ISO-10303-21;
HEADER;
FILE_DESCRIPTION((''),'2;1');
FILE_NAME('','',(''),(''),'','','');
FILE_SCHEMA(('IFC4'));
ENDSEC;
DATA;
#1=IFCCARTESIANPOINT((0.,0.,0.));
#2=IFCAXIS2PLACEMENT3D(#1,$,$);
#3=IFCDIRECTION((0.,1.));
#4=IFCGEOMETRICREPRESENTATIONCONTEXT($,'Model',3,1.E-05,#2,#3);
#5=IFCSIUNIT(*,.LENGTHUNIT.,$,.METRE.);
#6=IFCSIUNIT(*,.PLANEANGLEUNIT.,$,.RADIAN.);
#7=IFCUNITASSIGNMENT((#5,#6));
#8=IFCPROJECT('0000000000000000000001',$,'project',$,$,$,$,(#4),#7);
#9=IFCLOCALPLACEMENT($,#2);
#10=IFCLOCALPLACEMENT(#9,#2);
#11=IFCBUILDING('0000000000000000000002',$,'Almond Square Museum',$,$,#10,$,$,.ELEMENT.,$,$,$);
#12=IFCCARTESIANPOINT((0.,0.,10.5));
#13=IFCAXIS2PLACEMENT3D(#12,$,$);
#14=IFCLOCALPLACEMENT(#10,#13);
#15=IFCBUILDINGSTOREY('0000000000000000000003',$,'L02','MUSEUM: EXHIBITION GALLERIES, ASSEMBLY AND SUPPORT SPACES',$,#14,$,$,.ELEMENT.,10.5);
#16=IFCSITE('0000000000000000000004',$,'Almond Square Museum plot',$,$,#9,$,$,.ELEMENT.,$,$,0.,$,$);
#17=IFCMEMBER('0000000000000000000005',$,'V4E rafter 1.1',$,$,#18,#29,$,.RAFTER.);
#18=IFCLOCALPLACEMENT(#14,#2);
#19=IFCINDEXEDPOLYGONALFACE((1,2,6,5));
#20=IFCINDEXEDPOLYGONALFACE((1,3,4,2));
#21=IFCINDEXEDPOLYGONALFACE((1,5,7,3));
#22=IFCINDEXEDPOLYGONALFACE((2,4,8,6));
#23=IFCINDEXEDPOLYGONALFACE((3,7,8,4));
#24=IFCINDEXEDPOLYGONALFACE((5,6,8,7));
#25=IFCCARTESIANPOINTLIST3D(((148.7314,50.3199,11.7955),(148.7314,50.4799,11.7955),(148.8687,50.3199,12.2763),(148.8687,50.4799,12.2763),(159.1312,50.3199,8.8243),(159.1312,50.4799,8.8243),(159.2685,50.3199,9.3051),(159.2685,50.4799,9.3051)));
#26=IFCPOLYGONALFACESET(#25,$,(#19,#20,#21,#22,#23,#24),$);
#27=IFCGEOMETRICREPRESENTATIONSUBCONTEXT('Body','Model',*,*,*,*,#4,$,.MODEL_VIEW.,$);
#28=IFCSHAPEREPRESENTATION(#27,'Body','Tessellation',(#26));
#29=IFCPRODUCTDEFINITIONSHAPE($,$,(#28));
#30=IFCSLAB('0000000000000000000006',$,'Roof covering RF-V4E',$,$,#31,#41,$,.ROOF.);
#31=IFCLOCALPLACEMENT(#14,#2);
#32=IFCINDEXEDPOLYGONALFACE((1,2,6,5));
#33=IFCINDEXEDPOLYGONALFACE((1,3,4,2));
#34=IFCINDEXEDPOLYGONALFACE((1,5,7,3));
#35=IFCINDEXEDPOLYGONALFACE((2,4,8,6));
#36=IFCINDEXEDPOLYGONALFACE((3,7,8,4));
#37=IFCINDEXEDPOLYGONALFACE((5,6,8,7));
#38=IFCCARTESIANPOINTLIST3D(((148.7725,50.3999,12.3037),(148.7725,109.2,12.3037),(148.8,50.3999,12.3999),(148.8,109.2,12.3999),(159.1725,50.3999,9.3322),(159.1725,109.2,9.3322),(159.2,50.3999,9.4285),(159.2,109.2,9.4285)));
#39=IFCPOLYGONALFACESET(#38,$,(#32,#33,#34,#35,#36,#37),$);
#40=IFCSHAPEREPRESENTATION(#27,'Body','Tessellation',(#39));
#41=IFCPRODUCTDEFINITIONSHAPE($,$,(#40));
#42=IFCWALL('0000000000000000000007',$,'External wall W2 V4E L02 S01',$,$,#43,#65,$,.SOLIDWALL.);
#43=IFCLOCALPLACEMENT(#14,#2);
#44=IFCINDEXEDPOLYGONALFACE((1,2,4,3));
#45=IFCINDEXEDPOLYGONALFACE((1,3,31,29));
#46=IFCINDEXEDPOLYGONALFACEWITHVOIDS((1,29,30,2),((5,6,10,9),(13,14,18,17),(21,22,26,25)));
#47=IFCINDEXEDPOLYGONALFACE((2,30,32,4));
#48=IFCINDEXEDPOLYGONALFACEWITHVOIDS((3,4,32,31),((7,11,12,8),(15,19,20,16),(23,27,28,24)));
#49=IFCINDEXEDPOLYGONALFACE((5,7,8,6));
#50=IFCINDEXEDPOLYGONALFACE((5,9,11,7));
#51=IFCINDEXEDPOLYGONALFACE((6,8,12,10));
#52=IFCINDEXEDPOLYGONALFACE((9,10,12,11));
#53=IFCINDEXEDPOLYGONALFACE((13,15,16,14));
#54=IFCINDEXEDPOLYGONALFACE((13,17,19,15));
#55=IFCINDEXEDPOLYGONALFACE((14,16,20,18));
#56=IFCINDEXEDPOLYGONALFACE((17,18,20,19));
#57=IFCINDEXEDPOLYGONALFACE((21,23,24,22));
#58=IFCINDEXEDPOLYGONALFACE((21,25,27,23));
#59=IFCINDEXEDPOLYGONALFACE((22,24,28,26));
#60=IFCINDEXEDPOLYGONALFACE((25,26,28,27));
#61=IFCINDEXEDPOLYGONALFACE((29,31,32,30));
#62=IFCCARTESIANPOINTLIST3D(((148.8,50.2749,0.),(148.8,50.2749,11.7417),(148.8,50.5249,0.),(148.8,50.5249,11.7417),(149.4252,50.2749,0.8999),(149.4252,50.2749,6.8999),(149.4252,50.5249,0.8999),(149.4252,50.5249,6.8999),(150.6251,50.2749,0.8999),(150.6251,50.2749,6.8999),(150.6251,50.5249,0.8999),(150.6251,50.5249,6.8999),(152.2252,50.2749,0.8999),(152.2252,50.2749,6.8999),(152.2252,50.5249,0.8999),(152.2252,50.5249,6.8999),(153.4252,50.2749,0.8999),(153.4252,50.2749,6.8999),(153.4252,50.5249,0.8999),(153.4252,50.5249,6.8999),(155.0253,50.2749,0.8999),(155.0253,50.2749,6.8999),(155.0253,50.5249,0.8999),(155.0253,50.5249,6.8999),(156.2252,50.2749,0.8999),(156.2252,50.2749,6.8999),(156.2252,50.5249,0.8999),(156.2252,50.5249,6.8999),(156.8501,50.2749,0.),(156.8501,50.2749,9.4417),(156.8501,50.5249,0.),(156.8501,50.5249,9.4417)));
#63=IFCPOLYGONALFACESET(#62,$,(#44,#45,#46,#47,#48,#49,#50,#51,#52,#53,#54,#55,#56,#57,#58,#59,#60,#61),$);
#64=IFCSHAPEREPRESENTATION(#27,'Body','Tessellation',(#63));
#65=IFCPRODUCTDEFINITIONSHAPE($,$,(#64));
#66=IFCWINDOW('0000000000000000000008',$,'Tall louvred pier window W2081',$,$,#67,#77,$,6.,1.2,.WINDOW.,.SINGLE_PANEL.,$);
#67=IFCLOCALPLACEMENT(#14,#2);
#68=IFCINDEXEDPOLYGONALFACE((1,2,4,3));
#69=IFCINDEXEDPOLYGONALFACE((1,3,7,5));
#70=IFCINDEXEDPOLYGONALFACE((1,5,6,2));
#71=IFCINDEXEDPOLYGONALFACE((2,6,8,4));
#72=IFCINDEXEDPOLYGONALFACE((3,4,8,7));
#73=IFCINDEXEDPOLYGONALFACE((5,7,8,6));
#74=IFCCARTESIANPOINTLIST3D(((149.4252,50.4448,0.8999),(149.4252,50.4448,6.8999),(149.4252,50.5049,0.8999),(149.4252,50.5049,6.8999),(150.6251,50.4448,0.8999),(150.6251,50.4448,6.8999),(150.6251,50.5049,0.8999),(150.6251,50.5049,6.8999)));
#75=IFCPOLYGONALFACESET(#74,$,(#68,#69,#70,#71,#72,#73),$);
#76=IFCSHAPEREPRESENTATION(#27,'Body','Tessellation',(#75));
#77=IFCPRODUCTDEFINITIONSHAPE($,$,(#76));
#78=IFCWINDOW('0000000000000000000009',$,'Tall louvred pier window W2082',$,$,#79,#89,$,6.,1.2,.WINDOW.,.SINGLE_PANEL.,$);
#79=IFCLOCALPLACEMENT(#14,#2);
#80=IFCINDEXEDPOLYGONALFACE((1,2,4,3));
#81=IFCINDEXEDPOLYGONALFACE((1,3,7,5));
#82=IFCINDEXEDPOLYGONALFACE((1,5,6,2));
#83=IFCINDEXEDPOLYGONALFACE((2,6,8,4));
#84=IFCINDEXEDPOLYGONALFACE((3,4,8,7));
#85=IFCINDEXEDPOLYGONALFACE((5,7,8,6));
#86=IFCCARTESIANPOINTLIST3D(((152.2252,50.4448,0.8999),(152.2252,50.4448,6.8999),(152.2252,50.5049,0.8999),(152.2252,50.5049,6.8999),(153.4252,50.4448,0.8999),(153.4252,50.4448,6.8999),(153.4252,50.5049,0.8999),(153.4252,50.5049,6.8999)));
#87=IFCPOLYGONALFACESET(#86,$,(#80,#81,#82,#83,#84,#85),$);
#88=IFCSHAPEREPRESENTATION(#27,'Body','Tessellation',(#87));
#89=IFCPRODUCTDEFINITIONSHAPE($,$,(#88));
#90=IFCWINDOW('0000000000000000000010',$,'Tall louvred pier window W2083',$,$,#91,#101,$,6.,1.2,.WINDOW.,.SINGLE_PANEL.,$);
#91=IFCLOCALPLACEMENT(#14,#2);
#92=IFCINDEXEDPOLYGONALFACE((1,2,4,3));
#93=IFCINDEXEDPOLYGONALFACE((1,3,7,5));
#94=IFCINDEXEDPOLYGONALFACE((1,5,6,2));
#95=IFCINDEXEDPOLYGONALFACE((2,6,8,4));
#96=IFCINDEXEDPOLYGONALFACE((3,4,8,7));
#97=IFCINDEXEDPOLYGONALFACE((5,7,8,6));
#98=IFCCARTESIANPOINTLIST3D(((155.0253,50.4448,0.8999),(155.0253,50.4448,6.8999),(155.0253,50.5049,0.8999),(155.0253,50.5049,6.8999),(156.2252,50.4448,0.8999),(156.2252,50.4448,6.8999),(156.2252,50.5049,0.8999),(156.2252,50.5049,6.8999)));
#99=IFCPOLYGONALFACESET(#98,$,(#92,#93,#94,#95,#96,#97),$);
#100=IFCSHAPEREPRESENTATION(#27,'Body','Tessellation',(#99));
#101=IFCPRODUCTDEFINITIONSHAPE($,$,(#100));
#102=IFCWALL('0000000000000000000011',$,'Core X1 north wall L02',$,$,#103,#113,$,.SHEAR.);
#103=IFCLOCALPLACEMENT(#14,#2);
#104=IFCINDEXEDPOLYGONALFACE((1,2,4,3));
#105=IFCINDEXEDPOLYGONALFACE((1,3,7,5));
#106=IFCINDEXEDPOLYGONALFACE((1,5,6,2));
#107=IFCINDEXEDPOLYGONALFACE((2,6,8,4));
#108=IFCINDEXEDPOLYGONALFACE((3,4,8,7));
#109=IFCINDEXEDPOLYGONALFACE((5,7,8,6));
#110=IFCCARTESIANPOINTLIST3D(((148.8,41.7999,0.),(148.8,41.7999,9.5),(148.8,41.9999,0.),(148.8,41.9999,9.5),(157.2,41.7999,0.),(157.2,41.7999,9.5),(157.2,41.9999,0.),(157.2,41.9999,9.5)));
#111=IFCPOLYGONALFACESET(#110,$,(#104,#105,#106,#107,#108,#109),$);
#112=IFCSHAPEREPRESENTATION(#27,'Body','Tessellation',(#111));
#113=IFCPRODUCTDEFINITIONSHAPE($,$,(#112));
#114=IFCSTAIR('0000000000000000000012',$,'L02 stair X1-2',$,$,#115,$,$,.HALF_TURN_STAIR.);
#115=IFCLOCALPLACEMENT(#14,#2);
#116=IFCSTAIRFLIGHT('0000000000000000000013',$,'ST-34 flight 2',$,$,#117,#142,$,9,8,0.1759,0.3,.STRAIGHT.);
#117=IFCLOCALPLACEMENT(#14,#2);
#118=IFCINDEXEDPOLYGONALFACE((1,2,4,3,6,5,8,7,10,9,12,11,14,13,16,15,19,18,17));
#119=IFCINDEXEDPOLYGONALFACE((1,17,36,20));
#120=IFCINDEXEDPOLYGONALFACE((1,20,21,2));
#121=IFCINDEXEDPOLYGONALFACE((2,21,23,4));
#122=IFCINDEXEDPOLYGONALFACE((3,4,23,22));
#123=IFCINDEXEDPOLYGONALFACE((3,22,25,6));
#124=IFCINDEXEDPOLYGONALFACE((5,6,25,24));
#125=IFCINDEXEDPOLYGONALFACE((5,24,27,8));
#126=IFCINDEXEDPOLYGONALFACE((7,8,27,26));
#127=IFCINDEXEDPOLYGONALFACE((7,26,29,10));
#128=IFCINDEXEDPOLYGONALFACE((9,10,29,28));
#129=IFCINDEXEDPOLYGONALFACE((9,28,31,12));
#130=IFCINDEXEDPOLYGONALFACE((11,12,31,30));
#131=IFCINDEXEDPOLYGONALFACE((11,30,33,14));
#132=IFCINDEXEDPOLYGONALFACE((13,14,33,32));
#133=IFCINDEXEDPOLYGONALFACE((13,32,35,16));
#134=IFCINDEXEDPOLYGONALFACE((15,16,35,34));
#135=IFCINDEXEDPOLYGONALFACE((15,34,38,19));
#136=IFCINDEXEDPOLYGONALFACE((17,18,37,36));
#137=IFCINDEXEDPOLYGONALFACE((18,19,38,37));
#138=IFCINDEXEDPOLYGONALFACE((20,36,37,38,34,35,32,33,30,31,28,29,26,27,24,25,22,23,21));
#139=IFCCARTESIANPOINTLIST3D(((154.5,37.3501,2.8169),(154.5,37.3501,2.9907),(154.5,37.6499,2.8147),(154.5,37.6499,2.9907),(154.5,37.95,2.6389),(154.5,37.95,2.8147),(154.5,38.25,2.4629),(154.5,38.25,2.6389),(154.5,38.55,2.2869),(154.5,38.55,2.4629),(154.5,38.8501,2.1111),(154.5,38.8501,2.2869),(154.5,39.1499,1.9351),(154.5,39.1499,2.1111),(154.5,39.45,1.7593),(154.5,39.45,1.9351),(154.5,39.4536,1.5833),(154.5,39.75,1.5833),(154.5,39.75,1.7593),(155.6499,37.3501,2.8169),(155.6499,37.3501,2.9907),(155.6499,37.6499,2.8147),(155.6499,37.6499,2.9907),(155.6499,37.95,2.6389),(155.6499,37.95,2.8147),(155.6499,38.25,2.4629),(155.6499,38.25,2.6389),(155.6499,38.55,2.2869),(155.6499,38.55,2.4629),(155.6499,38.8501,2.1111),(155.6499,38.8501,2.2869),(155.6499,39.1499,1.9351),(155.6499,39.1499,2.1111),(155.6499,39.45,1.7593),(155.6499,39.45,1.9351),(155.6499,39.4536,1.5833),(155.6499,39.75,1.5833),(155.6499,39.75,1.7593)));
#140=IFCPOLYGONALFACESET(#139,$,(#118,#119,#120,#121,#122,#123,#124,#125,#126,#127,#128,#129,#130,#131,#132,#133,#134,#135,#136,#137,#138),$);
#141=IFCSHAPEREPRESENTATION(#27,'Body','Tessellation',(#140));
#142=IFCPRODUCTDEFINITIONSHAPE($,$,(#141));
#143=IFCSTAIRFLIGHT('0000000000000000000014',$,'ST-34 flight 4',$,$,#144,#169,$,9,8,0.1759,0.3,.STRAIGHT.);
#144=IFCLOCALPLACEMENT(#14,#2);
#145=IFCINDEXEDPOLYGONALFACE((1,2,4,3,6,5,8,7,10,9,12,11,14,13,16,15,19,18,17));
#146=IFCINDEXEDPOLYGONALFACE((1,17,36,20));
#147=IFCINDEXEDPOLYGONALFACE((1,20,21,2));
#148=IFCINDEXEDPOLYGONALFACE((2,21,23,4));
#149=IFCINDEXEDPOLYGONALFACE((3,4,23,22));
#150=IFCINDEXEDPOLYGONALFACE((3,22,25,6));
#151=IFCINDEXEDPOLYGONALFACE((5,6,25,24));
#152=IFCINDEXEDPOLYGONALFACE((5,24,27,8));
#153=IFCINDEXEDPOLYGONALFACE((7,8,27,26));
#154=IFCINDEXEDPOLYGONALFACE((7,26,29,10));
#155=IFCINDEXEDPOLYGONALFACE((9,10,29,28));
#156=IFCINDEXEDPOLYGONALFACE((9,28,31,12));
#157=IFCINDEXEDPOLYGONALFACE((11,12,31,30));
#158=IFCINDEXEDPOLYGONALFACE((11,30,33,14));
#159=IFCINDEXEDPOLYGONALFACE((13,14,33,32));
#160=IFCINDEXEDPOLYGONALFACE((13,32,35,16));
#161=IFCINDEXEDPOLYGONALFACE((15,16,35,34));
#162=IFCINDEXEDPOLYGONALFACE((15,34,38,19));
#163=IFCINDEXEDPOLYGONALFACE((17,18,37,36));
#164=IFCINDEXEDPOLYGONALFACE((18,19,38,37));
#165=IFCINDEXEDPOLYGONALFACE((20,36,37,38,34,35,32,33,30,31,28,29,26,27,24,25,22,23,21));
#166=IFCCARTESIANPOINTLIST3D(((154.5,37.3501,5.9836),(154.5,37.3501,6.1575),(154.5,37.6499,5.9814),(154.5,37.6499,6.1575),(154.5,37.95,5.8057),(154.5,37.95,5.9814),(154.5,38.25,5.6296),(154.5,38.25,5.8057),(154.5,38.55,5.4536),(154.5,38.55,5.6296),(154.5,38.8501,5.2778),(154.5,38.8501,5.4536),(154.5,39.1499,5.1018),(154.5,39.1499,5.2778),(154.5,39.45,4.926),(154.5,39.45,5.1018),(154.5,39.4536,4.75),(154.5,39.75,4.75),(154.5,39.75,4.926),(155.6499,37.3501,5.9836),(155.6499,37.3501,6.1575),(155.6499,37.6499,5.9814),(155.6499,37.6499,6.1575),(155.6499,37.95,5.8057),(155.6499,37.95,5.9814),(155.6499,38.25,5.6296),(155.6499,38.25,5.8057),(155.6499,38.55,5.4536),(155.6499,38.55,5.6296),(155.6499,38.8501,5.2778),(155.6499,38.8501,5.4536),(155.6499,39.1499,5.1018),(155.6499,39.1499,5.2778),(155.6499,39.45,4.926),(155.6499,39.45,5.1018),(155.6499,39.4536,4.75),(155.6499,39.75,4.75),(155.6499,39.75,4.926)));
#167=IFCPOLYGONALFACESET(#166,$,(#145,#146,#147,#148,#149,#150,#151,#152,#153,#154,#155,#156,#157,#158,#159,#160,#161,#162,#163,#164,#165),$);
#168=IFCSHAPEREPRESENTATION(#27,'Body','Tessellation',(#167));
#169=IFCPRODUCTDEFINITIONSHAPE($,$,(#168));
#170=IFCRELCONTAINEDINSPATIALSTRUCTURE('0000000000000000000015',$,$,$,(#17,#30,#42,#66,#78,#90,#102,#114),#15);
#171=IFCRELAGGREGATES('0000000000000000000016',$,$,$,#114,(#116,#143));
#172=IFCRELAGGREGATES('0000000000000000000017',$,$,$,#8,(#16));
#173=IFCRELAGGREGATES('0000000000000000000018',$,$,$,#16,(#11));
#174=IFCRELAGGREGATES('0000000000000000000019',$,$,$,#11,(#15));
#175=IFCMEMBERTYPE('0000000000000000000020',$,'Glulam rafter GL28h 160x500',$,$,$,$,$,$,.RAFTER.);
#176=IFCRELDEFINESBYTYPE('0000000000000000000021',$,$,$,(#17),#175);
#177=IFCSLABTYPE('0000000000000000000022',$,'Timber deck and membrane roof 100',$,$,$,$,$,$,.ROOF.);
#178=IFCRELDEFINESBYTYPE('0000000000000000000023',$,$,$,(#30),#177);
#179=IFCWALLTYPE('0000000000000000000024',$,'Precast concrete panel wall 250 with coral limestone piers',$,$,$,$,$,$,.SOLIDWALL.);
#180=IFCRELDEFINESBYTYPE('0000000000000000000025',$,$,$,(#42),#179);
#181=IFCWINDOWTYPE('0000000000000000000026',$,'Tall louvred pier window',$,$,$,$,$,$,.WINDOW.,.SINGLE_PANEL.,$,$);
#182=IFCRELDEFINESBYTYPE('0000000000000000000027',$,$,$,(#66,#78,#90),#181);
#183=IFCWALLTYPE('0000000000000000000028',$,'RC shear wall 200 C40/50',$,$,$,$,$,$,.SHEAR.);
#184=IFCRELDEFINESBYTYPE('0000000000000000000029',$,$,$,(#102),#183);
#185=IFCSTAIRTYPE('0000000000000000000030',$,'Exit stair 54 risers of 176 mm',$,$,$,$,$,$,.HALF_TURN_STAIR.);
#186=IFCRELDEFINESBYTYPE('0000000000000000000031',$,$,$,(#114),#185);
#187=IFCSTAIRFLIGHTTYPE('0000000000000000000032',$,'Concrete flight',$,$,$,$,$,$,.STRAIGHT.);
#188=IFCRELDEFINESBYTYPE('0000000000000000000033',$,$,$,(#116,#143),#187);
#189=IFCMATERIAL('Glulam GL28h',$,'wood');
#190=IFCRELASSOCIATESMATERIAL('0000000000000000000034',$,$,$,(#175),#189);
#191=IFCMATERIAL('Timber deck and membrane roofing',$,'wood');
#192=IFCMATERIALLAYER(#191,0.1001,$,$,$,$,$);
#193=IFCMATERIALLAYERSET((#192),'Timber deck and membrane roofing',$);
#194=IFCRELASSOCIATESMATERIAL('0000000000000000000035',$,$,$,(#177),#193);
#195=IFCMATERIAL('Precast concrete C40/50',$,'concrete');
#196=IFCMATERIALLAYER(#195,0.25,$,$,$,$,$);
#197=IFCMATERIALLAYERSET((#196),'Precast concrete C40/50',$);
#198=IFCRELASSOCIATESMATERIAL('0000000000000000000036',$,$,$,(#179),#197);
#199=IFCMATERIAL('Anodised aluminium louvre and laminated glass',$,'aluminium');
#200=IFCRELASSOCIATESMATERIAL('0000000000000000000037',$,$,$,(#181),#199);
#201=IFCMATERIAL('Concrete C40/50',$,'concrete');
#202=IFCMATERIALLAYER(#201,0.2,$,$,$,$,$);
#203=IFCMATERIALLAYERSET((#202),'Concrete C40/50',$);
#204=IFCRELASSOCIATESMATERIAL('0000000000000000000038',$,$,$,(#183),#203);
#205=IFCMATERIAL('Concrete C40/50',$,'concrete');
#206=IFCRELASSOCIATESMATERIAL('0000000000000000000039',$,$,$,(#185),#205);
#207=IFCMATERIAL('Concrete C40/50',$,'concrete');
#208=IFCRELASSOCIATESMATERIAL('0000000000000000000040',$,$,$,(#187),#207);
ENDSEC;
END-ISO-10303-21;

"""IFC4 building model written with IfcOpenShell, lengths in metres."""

from ifc_helpers import new_model, si_unit, direction, frame, frame_2d, origin, origin_2d, place, context, subcontext, project, spatial, polyline, rectangle, outline, extrude, material, layer, layer_set, material_profile, profile_set, type_object, element, fill, aggregate, save


model = new_model("IFC4")

# Units and contexts
model_context = context("Model", 3, precision=1e-05, world=origin(), true_north=direction((0.0, 1.0)))
body_context = subcontext(model_context, "Body", "Model", "MODEL_VIEW")
ifc_project = project(units=[si_unit("LENGTHUNIT", "METRE"), si_unit("PLANEANGLEUNIT", "RADIAN")], contexts=[model_context])

# Site, building, storey
site_placement = place(None, origin())
site = spatial("IfcSite", under=ifc_project, at=site_placement, Name="Almond Square Museum plot", CompositionType="ELEMENT", RefElevation=0.0)
building_placement = place(site_placement, origin())
building = spatial("IfcBuilding", under=site, at=building_placement, Name="Almond Square Museum", CompositionType="ELEMENT")
storey_placement = place(building_placement, frame((0.0, 0.0, 10.5)))
storey = spatial("IfcBuildingStorey", under=building, at=storey_placement, Name="L02", Description="MUSEUM: EXHIBITION GALLERIES, ASSEMBLY AND SUPPORT SPACES", CompositionType="ELEMENT", Elevation=10.5)

# Member
ifc_material_1 = material(Name="Glulam GL28h", Category="wood")
ifc_material_profile_1 = material_profile(ifc_material_1, rectangle(XDim=0.1599, YDim=0.5, at=origin_2d()))
ifc_profile_set_1 = profile_set([ifc_material_profile_1], Name="Glulam GL28h")
member_type = type_object("IfcMemberType", Name="Glulam rafter GL28h 160x500", PredefinedType="RAFTER", material=ifc_profile_set_1)
member_placement = place(storey_placement, frame((148.8, 50.3999, 12.0359), z_axis=(0.961529, 0.0, -0.274703), x_axis=(0.0, 1.0, 0.0)))
element("IfcMember", 1, at=member_placement, inside=storey, type_object=member_type, Name="V4E rafter 1.1", PredefinedType="RAFTER", context=body_context, shape_type="SweptSolid", body=[
    extrude(rectangle(XDim=0.1599, YDim=0.5, at=origin_2d()), origin(), (0.0, 0.0, 1.0), 10.8159),
])

# Slab
ifc_material_2 = material(Name="Timber deck and membrane roofing", Category="wood")
ifc_layer_1 = layer(ifc_material_2, 0.1001)
ifc_layer_set_1 = layer_set([ifc_layer_1], Name="Timber deck and membrane roofing")
slab_type = type_object("IfcSlabType", Name="Timber deck and membrane roof 100", PredefinedType="ROOF", material=ifc_layer_set_1)
slab_placement = place(storey_placement, frame((148.8, 50.3999, 12.3999), z_axis=(0.274724, 0.0, 0.961523), x_axis=(0.961523, 0.0, -0.274724)))
element("IfcSlab", 2, at=slab_placement, inside=storey, type_object=slab_type, Name="Roof covering RF-V4E", PredefinedType="ROOF", context=body_context, shape_type="SweptSolid", body=[
    extrude(outline(polyline([(0.0, 0.0), (10.8161, 0.0), (10.8161, 58.8), (0.0, 58.8), (0.0, 0.0)])), origin(), (0.0, 0.0, -1.0), 0.1001),
])

# Wall, openings, windows
ifc_material_3 = material(Name="Precast concrete C40/50", Category="concrete")
ifc_layer_2 = layer(ifc_material_3, 0.25)
ifc_layer_set_2 = layer_set([ifc_layer_2], Name="Precast concrete C40/50")
wall_type_1 = type_object("IfcWallType", Name="Precast concrete panel wall 250 with coral limestone piers", PredefinedType="SOLIDWALL", material=ifc_layer_set_2)
wall_1_placement = place(storey_placement, frame((148.8, 50.3999, 0.0), z_axis=(0.0, 0.0, 1.0), x_axis=(1.0, 0.0, 0.0)))
wall_1 = element("IfcWall", 3, at=wall_1_placement, inside=storey, type_object=wall_type_1, Name="External wall W2 V4E L02 S01", PredefinedType="SOLIDWALL", context=body_context, shape_type="SweptSolid", body=[
    extrude(outline(polyline([(0.0, 0.0), (8.05, 0.0), (8.05, 9.4417), (0.0, 11.7417), (0.0, 0.0)])), frame((0.0, 0.125, 0.0), z_axis=(0.0, -1.0, 0.0), x_axis=(1.0, 0.0, 0.0)), (0.0, 0.0, 1.0), 0.25),
])
opening_1_placement = place(wall_1_placement, frame((0.625, 0.0, 0.8999)))
opening_1 = element("IfcOpeningElement", 4, at=opening_1_placement, cuts=wall_1, PredefinedType="OPENING", context=body_context, shape_type="SweptSolid", body=[
    extrude(rectangle(XDim=1.2, YDim=6.0, at=frame_2d((0.6001, 3.0))), frame((0.0, 0.135, 0.0), z_axis=(0.0, -1.0, 0.0), x_axis=(1.0, 0.0, 0.0)), (0.0, 0.0, 1.0), 0.27),
])
opening_2_placement = place(wall_1_placement, frame((3.425, 0.0, 0.8999)))
opening_2 = element("IfcOpeningElement", 5, at=opening_2_placement, cuts=wall_1, PredefinedType="OPENING", context=body_context, shape_type="SweptSolid", body=[
    extrude(rectangle(XDim=1.2, YDim=6.0, at=frame_2d((0.6001, 3.0))), frame((0.0, 0.135, 0.0), z_axis=(0.0, -1.0, 0.0), x_axis=(1.0, 0.0, 0.0)), (0.0, 0.0, 1.0), 0.27),
])
opening_3_placement = place(wall_1_placement, frame((6.2251, 0.0, 0.8999)))
opening_3 = element("IfcOpeningElement", 6, at=opening_3_placement, cuts=wall_1, PredefinedType="OPENING", context=body_context, shape_type="SweptSolid", body=[
    extrude(rectangle(XDim=1.2, YDim=6.0, at=frame_2d((0.6001, 3.0))), frame((0.0, 0.135, 0.0), z_axis=(0.0, -1.0, 0.0), x_axis=(1.0, 0.0, 0.0)), (0.0, 0.0, 1.0), 0.27),
])
ifc_material_4 = material(Name="Anodised aluminium louvre and laminated glass", Category="aluminium")
window_type = type_object("IfcWindowType", Name="Tall louvred pier window", PartitioningType="SINGLE_PANEL", PredefinedType="WINDOW", material=ifc_material_4)
window_1_placement = place(opening_1_placement, origin())
window_1 = element("IfcWindow", 7, at=window_1_placement, inside=storey, type_object=window_type, Name="Tall louvred pier window W2081", OverallHeight=6.0, OverallWidth=1.2, PartitioningType="SINGLE_PANEL", PredefinedType="WINDOW", context=body_context, shape_type="SweptSolid", body=[
    extrude(rectangle(XDim=1.2, YDim=6.0, at=frame_2d((0.6001, 3.0))), frame((0.0, 0.105, 0.0), z_axis=(0.0, -1.0, 0.0), x_axis=(1.0, 0.0, 0.0)), (0.0, 0.0, 1.0), 0.0601),
])
fill(opening_1, window_1)
window_2_placement = place(opening_2_placement, origin())
window_2 = element("IfcWindow", 8, at=window_2_placement, inside=storey, type_object=window_type, Name="Tall louvred pier window W2082", OverallHeight=6.0, OverallWidth=1.2, PartitioningType="SINGLE_PANEL", PredefinedType="WINDOW", context=body_context, shape_type="SweptSolid", body=[
    extrude(rectangle(XDim=1.2, YDim=6.0, at=frame_2d((0.6001, 3.0))), frame((0.0, 0.105, 0.0), z_axis=(0.0, -1.0, 0.0), x_axis=(1.0, 0.0, 0.0)), (0.0, 0.0, 1.0), 0.0601),
])
fill(opening_2, window_2)
window_3_placement = place(opening_3_placement, origin())
window_3 = element("IfcWindow", 9, at=window_3_placement, inside=storey, type_object=window_type, Name="Tall louvred pier window W2083", OverallHeight=6.0, OverallWidth=1.2, PartitioningType="SINGLE_PANEL", PredefinedType="WINDOW", context=body_context, shape_type="SweptSolid", body=[
    extrude(rectangle(XDim=1.2, YDim=6.0, at=frame_2d((0.6001, 3.0))), frame((0.0, 0.105, 0.0), z_axis=(0.0, -1.0, 0.0), x_axis=(1.0, 0.0, 0.0)), (0.0, 0.0, 1.0), 0.0601),
])
fill(opening_3, window_3)

# Wall
ifc_material_5 = material(Name="Concrete C40/50", Category="concrete")
ifc_layer_3 = layer(ifc_material_5, 0.2)
ifc_layer_set_3 = layer_set([ifc_layer_3], Name="Concrete C40/50")
wall_type_2 = type_object("IfcWallType", Name="RC shear wall 200 C40/50", PredefinedType="SHEAR", material=ifc_layer_set_3)
wall_2_placement = place(storey_placement, frame((148.8, 41.8999, 0.0), z_axis=(0.0, 0.0, 1.0), x_axis=(1.0, 0.0, 0.0)))
element("IfcWall", 10, at=wall_2_placement, inside=storey, type_object=wall_type_2, Name="Core X1 north wall L02", PredefinedType="SHEAR", context=body_context, shape_type="SweptSolid", body=[
    extrude(rectangle(XDim=8.3999, YDim=0.2, at=frame_2d((4.2, 0.0))), origin(), (0.0, 0.0, 1.0), 9.5),
])

# Stair, stair flights
ifc_material_6 = material(Name="Concrete C40/50", Category="concrete")
stair_type = type_object("IfcStairType", Name="Exit stair 54 risers of 176 mm", PredefinedType="HALF_TURN_STAIR", material=ifc_material_6)
stair_placement = place(storey_placement, origin())
stair = element("IfcStair", 11, at=stair_placement, inside=storey, type_object=stair_type, Name="L02 stair X1-2", PredefinedType="HALF_TURN_STAIR")
ifc_material_7 = material(Name="Concrete C40/50", Category="concrete")
stair_flight_type = type_object("IfcStairFlightType", Name="Concrete flight", PredefinedType="STRAIGHT", material=ifc_material_7)
stair_flight_1_placement = place(storey_placement, frame((155.075, 39.75, 1.5833), z_axis=(0.0, 0.0, 1.0), x_axis=(0.0, -1.0, 0.0)))
stair_flight_1 = element("IfcStairFlight", 12, at=stair_flight_1_placement, type_object=stair_flight_type, Name="ST-34 flight 2", NumberOfRisers=9, NumberOfTreads=8, PredefinedType="STRAIGHT", RiserHeight=0.1759, TreadLength=0.3, context=body_context, shape_type="SweptSolid", body=[
    extrude(outline(polyline([(0.0, 0.0), (0.0, 0.176), (0.3, 0.176), (0.3, 0.3518), (0.6001, 0.3518), (0.6001, 0.5278), (0.8999, 0.5278), (0.8999, 0.7036), (1.2, 0.7036), (1.2, 0.8796), (1.5, 0.8796), (1.5, 1.0557), (1.8, 1.0557), (1.8, 1.2314), (2.1001, 1.2314), (2.1001, 1.4075), (2.3999, 1.4075), (2.3999, 1.5833), (2.3999, 1.2336), (0.2964, 0.0), (0.0, 0.0)])), frame((0.0, 0.575, 0.0), z_axis=(0.0, -1.0, 0.0), x_axis=(1.0, 0.0, 0.0)), (0.0, 0.0, 1.0), 1.1499),
])
stair_flight_2_placement = place(storey_placement, frame((155.075, 39.75, 4.75), z_axis=(0.0, 0.0, 1.0), x_axis=(0.0, -1.0, 0.0)))
stair_flight_2 = element("IfcStairFlight", 13, at=stair_flight_2_placement, type_object=stair_flight_type, Name="ST-34 flight 4", NumberOfRisers=9, NumberOfTreads=8, PredefinedType="STRAIGHT", RiserHeight=0.1759, TreadLength=0.3, context=body_context, shape_type="SweptSolid", body=[
    extrude(outline(polyline([(0.0, 0.0), (0.0, 0.176), (0.3, 0.176), (0.3, 0.3518), (0.6001, 0.3518), (0.6001, 0.5278), (0.8999, 0.5278), (0.8999, 0.7036), (1.2, 0.7036), (1.2, 0.8796), (1.5, 0.8796), (1.5, 1.0557), (1.8, 1.0557), (1.8, 1.2314), (2.1001, 1.2314), (2.1001, 1.4075), (2.3999, 1.4075), (2.3999, 1.5833), (2.3999, 1.2336), (0.2964, 0.0), (0.0, 0.0)])), frame((0.0, 0.575, 0.0), z_axis=(0.0, -1.0, 0.0), x_axis=(1.0, 0.0, 0.0)), (0.0, 0.0, 1.0), 1.1499),
])
aggregate(stair, [stair_flight_1, stair_flight_2])

save(model, "model.ifc")
